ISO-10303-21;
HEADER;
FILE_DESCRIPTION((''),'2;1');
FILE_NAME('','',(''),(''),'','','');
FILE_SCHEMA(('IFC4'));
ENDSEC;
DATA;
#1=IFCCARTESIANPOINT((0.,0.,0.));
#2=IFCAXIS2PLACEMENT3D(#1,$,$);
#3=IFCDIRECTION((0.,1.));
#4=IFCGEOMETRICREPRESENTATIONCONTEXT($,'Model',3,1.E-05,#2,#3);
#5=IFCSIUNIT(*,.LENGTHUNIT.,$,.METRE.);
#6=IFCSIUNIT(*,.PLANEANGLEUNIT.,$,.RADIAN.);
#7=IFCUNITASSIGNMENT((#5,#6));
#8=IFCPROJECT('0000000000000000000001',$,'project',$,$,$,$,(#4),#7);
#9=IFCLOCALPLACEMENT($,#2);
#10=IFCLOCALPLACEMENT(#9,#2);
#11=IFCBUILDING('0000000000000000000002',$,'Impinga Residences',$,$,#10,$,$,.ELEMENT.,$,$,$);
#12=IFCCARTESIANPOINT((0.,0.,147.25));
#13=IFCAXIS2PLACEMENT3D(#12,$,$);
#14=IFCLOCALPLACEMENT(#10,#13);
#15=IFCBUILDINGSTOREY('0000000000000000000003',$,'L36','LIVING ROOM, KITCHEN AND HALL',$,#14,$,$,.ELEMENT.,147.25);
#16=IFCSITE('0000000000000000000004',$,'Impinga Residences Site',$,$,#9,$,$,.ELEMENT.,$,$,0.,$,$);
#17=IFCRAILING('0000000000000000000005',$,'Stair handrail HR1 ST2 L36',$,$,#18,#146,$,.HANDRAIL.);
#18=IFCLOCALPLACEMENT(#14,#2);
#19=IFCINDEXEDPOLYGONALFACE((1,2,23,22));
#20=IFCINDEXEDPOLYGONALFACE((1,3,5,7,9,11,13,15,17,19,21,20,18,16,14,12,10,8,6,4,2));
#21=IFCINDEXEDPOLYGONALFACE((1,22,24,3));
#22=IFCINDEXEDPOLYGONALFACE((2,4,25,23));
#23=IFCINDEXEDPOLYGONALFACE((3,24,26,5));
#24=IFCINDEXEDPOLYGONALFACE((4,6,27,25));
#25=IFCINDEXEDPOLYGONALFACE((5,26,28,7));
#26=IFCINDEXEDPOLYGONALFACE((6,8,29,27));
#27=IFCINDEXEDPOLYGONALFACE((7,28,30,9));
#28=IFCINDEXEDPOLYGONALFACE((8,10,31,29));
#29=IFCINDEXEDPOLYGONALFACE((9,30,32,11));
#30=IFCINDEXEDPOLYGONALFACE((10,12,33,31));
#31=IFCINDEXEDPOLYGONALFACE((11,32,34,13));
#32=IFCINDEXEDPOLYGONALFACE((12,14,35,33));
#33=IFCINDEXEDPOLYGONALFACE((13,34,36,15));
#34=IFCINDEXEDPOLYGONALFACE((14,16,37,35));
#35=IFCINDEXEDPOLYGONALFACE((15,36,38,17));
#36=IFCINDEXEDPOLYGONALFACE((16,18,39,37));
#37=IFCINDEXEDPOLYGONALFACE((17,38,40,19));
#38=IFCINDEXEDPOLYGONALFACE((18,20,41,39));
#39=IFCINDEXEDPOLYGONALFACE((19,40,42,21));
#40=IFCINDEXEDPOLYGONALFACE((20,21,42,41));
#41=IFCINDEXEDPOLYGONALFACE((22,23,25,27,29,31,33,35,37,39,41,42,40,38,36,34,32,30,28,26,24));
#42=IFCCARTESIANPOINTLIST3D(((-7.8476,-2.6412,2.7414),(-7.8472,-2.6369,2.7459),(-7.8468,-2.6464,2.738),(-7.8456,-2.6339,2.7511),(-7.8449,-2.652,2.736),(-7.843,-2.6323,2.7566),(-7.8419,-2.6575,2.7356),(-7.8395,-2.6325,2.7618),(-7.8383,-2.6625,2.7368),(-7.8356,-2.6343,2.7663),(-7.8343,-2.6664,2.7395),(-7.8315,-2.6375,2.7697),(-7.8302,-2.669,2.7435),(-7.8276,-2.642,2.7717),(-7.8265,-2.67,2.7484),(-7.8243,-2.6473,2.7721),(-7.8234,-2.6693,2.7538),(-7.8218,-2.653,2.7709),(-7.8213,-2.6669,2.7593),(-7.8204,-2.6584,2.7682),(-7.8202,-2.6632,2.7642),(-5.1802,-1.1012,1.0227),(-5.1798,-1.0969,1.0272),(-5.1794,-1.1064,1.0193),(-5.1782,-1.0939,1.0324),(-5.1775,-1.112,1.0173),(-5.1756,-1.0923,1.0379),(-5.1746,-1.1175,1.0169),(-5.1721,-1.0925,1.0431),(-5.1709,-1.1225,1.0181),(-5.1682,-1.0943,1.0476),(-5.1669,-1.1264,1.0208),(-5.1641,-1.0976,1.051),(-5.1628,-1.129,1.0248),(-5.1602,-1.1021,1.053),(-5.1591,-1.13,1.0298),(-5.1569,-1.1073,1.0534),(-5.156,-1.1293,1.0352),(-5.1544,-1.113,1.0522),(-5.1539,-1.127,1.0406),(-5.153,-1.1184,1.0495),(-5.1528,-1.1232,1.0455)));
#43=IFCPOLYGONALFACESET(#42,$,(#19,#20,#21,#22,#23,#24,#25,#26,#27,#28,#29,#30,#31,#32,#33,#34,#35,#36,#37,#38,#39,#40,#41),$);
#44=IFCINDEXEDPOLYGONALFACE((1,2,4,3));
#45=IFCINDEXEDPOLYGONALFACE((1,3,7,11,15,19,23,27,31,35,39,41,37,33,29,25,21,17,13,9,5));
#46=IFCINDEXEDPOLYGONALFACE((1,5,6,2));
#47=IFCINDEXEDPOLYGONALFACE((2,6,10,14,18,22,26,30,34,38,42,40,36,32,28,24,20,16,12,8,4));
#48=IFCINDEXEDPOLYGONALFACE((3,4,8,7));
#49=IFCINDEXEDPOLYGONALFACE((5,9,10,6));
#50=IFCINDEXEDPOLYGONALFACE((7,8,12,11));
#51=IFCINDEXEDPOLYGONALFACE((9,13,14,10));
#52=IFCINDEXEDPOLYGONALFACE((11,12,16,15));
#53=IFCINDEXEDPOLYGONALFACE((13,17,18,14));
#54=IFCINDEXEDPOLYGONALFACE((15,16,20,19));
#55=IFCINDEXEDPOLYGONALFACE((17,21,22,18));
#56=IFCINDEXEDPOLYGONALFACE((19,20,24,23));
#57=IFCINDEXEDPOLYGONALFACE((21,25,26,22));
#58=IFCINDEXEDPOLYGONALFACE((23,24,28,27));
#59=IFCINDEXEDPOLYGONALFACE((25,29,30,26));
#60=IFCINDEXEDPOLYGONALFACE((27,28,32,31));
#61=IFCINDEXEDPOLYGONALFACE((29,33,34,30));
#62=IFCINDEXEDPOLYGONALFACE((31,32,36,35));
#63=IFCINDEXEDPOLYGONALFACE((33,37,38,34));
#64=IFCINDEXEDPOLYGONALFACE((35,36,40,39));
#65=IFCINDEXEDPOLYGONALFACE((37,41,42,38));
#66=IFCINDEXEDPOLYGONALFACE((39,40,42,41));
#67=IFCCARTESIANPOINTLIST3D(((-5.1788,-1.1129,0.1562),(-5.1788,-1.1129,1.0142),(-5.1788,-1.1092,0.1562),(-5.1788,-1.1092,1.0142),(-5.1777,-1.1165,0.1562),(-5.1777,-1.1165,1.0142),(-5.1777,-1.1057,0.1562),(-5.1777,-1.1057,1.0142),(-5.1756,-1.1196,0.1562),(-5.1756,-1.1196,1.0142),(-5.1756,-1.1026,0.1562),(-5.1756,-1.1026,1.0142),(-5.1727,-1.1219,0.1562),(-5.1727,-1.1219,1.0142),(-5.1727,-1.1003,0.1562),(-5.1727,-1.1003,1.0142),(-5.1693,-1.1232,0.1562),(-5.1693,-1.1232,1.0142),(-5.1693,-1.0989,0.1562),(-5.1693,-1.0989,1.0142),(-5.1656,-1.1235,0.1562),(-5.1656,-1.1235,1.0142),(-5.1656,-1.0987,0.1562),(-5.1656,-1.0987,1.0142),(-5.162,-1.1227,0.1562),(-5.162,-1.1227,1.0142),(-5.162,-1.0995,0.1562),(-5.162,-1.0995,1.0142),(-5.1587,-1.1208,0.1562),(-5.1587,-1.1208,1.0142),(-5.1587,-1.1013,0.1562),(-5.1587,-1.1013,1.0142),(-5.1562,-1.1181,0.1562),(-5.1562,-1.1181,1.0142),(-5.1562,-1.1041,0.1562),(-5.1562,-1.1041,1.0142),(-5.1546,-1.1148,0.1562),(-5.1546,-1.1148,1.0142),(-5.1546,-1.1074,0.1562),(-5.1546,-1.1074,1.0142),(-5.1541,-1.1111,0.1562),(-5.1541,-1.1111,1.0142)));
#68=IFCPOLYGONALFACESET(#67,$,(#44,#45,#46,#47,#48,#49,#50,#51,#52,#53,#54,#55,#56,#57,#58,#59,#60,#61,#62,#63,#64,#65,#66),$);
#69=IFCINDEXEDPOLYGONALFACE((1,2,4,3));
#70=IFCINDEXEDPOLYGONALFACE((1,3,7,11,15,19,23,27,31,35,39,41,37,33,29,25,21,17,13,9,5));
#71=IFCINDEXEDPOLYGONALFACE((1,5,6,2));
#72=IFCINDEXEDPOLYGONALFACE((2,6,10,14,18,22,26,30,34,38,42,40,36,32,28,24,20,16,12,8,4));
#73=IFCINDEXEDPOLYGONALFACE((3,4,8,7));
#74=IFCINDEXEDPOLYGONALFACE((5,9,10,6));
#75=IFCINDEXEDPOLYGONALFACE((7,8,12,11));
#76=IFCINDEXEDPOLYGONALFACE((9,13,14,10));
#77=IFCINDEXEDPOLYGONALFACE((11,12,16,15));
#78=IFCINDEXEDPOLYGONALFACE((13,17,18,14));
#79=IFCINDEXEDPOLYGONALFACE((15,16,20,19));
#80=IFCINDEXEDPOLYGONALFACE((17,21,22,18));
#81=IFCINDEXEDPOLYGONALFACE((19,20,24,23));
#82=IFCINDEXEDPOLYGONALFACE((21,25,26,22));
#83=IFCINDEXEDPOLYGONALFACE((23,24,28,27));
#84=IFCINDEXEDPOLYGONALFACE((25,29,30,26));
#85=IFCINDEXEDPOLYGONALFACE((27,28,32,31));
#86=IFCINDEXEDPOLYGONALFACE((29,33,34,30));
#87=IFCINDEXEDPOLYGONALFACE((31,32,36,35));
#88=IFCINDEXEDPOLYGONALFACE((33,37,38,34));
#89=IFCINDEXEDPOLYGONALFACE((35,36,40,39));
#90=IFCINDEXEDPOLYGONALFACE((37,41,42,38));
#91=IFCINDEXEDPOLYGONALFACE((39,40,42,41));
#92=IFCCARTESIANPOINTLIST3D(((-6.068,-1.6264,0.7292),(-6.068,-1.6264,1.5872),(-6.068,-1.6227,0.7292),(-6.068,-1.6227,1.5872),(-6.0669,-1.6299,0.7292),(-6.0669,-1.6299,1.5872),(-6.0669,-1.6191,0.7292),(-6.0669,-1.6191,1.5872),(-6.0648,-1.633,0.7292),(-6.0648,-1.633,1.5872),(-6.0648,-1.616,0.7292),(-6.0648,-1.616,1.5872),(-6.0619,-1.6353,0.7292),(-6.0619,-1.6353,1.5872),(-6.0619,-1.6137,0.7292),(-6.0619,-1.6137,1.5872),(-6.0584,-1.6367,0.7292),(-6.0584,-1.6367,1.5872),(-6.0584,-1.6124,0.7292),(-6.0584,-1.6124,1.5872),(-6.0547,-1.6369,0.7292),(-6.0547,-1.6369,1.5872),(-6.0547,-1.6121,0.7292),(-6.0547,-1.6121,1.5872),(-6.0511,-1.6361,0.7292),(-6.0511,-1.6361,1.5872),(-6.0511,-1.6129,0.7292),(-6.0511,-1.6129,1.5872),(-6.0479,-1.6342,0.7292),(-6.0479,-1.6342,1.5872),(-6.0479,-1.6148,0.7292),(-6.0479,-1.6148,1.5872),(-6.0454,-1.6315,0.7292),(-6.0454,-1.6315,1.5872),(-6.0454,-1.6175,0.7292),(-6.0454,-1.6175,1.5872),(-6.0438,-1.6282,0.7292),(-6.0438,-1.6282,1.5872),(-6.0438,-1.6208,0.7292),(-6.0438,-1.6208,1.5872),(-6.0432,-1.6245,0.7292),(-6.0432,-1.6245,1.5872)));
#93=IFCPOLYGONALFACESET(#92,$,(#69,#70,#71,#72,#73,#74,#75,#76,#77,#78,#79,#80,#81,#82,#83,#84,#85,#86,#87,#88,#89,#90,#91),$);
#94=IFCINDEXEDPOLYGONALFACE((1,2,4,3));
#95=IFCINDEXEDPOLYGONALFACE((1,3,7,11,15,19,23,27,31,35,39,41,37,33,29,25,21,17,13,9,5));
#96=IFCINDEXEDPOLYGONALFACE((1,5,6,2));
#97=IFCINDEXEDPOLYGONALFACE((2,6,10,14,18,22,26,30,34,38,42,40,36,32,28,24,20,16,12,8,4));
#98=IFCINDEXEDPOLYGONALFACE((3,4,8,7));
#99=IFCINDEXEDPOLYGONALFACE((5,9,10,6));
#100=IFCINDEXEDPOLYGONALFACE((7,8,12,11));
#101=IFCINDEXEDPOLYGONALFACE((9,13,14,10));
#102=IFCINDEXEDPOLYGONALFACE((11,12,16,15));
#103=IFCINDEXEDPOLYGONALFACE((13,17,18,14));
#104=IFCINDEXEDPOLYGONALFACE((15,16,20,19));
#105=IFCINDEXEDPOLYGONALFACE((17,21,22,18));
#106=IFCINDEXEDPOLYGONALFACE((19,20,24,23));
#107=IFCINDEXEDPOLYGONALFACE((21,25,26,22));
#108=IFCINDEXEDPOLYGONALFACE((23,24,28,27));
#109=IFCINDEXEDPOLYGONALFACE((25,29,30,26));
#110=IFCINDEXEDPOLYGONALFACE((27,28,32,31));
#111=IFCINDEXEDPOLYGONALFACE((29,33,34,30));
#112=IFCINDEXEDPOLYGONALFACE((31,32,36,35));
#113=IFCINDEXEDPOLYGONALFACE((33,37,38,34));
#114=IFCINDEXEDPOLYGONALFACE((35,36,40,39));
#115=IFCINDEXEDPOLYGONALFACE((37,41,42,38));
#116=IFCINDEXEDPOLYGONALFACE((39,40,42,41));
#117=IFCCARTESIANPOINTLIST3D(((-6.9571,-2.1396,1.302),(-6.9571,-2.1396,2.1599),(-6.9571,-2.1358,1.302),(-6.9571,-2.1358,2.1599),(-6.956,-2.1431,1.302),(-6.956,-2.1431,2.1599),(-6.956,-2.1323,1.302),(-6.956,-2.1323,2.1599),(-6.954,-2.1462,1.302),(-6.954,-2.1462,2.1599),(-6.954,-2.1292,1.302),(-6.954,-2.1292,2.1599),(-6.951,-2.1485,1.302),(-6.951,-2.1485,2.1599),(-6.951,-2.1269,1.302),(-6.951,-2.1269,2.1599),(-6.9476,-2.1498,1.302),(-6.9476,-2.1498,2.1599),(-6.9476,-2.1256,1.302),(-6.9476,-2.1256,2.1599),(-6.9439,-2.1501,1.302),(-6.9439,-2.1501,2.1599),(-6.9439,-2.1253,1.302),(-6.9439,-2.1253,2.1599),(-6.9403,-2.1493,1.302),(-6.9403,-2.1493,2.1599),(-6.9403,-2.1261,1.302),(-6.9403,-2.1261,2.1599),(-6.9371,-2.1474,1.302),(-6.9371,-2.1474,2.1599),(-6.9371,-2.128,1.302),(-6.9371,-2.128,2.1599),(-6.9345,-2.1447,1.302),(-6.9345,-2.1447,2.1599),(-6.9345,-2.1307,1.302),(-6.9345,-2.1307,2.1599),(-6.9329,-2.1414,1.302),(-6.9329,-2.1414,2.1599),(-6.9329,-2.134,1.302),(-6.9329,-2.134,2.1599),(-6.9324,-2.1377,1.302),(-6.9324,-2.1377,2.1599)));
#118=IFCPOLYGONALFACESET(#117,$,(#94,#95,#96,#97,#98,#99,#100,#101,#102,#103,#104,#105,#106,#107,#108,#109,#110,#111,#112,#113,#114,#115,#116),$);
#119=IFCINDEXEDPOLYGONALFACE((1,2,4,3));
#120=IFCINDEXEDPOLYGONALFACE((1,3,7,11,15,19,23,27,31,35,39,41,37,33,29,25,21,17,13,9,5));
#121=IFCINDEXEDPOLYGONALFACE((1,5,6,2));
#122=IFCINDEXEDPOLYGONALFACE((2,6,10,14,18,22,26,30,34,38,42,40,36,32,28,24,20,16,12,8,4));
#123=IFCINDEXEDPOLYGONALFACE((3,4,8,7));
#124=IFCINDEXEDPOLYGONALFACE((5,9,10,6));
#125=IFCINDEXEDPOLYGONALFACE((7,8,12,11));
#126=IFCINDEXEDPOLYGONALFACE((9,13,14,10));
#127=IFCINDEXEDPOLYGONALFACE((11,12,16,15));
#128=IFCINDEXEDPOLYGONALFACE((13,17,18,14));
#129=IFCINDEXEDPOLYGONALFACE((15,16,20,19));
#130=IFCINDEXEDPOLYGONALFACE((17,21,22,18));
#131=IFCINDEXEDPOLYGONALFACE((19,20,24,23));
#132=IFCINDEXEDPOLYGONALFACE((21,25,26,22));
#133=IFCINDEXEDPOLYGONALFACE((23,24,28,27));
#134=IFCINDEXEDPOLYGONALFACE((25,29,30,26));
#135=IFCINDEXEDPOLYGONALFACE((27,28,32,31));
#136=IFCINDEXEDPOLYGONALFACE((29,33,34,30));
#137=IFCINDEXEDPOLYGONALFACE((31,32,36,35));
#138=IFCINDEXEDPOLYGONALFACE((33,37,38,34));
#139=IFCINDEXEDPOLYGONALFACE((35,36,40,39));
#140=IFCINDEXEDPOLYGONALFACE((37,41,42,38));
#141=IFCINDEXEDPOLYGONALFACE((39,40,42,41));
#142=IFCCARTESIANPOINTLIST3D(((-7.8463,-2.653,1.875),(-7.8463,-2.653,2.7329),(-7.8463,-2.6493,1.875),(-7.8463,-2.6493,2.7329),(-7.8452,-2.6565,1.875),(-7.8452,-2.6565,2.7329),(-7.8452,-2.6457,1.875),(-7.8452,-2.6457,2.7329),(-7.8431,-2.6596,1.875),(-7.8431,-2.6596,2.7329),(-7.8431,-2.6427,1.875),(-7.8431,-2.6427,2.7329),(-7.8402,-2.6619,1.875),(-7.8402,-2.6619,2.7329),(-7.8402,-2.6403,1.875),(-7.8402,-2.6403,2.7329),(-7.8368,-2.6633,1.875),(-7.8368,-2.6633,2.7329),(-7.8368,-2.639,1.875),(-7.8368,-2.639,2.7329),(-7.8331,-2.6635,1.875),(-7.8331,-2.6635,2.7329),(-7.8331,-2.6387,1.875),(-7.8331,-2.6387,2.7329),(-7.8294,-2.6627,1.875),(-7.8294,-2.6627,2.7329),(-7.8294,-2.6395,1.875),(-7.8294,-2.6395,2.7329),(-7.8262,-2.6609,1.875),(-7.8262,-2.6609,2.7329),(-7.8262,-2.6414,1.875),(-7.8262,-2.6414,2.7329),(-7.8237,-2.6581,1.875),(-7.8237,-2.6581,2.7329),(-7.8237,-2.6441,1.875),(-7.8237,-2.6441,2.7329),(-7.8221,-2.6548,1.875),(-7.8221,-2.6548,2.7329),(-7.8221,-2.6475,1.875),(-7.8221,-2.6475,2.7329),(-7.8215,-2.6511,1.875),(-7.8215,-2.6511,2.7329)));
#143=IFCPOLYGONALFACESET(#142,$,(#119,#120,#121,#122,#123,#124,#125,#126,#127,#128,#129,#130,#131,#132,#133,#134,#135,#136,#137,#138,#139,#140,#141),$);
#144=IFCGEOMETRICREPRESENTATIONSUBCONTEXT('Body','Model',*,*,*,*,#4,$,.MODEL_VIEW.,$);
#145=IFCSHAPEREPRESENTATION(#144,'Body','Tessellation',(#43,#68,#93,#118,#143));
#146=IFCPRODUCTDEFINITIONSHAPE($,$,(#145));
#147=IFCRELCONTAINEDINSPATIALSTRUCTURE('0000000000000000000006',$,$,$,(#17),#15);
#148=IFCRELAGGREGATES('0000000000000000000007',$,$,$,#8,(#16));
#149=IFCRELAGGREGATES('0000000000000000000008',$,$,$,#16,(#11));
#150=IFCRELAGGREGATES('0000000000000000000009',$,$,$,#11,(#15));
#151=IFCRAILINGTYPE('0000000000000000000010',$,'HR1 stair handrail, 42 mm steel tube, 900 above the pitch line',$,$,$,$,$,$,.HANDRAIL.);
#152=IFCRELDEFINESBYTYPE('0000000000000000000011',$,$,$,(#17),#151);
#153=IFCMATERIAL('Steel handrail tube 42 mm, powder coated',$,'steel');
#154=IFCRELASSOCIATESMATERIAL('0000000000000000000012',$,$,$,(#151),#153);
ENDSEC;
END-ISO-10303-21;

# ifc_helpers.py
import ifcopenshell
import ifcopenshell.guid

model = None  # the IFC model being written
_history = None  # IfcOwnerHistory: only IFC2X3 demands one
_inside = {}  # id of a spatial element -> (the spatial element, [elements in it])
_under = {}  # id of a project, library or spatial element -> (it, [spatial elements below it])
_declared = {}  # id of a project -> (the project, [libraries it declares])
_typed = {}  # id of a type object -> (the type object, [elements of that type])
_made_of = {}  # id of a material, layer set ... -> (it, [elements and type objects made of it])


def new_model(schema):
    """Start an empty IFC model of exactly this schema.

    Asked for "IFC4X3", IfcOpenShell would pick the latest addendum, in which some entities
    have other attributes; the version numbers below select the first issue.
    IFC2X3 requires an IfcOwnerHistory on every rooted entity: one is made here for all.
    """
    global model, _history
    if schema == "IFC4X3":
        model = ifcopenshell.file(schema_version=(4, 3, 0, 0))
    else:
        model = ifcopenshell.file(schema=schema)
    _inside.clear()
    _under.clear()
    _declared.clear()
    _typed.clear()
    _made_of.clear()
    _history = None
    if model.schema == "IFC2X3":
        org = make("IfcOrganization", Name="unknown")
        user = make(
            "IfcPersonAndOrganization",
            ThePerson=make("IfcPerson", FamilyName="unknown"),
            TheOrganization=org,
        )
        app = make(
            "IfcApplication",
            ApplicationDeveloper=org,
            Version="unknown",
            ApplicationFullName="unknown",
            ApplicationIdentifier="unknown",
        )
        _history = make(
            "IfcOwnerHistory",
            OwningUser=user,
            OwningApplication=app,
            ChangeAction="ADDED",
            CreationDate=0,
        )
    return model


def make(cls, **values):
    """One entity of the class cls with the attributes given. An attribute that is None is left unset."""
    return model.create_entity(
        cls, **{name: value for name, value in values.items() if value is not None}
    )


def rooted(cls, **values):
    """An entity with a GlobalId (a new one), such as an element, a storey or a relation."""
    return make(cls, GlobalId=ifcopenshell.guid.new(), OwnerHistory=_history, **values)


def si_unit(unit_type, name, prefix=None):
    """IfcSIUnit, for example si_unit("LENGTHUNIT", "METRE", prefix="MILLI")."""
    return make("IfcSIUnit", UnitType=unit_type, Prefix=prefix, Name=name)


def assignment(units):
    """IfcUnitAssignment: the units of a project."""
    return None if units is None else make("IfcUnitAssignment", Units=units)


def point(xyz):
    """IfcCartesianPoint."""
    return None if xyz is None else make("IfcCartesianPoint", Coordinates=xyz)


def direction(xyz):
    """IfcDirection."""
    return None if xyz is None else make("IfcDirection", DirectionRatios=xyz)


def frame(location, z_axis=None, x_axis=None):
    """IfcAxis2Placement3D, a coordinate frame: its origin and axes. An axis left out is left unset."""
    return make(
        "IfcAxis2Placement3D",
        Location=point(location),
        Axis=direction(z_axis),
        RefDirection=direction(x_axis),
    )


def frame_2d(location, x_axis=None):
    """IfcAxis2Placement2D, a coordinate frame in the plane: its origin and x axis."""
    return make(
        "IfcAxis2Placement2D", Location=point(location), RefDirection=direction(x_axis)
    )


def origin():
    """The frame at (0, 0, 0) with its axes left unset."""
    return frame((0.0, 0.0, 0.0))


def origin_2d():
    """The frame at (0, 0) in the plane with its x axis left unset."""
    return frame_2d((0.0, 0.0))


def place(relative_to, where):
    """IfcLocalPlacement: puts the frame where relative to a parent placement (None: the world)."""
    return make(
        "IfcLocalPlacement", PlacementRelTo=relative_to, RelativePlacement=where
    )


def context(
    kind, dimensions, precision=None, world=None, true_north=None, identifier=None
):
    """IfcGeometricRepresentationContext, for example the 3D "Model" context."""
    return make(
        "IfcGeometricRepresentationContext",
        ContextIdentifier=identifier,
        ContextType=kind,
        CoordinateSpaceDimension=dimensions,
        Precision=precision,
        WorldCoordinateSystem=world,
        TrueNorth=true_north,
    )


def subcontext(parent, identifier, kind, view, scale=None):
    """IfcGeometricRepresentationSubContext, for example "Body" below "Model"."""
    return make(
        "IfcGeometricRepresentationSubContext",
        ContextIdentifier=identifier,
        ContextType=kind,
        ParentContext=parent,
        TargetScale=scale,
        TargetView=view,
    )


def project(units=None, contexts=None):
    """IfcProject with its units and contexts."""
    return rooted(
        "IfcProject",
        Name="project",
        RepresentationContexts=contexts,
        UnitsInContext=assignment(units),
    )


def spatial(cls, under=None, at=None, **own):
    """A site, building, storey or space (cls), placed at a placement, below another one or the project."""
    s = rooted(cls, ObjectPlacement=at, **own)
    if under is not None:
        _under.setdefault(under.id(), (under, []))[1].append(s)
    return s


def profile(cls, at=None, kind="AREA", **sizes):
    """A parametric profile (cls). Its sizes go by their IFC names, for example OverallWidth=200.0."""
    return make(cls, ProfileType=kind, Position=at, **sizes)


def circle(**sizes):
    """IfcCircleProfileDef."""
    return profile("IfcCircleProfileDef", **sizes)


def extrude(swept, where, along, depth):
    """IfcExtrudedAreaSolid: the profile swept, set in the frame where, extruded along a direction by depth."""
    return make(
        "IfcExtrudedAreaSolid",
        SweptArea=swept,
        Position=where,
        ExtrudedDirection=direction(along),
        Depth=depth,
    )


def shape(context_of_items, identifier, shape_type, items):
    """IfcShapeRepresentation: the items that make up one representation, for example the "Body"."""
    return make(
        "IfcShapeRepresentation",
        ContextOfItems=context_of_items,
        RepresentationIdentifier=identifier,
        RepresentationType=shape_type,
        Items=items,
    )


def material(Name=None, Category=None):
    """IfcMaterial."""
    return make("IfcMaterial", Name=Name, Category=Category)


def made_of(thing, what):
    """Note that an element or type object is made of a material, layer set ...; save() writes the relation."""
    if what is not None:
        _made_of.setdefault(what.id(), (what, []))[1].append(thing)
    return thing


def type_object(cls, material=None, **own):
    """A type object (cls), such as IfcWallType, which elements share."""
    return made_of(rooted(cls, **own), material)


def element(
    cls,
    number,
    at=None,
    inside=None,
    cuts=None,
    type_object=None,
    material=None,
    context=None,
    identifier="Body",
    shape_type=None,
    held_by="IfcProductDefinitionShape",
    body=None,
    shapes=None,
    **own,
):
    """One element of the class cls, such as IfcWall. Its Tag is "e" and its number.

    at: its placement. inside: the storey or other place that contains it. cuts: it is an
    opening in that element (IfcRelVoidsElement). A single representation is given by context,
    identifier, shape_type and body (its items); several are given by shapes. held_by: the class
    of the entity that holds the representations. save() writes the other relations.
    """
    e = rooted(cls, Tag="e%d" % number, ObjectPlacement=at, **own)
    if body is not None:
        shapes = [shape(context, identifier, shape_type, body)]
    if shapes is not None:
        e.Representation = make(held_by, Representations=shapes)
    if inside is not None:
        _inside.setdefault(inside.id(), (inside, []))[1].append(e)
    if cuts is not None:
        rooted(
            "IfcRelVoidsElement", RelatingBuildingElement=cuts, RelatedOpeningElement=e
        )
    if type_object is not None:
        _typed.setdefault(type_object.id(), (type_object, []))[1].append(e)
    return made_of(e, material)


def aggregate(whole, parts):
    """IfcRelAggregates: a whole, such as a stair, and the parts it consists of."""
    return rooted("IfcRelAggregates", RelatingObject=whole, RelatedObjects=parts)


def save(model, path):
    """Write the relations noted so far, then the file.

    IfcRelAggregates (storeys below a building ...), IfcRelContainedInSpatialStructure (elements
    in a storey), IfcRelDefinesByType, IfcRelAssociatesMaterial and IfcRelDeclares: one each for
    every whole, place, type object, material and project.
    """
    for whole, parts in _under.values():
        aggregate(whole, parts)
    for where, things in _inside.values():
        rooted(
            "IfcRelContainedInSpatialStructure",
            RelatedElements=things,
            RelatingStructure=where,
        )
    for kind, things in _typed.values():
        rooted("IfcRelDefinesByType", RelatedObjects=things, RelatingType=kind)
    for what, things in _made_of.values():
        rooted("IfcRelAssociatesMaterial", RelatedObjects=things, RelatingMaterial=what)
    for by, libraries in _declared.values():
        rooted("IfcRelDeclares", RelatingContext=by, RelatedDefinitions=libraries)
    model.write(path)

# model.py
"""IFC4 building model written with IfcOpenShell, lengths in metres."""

from ifc_helpers import new_model, si_unit, direction, frame, origin, origin_2d, place, context, subcontext, project, spatial, circle, extrude, material, type_object, element, save


model = new_model("IFC4")

# Units and contexts
model_context = context("Model", 3, precision=1e-05, world=origin(), true_north=direction((0.0, 1.0)))
body_context = subcontext(model_context, "Body", "Model", "MODEL_VIEW")
ifc_project = project(units=[si_unit("LENGTHUNIT", "METRE"), si_unit("PLANEANGLEUNIT", "RADIAN")], contexts=[model_context])

# Site, building, storey
site_placement = place(None, origin())
site = spatial("IfcSite", under=ifc_project, at=site_placement, Name="Impinga Residences Site", CompositionType="ELEMENT", RefElevation=0.0)
building_placement = place(site_placement, origin())
building = spatial("IfcBuilding", under=site, at=building_placement, Name="Impinga Residences", CompositionType="ELEMENT")
storey_placement = place(building_placement, frame((0.0, 0.0, 147.25)))
storey = spatial("IfcBuildingStorey", under=building, at=storey_placement, Name="L36", Description="LIVING ROOM, KITCHEN AND HALL", CompositionType="ELEMENT", Elevation=147.25)

# Railing
ifc_material_1 = material(Name="Steel handrail tube 42 mm, powder coated", Category="steel")
railing_type_1 = type_object("IfcRailingType", Name="HR1 stair handrail, 42 mm steel tube, 900 above the pitch line", PredefinedType="HANDRAIL", material=ifc_material_1)
railing_1_placement = place(storey_placement, frame((-5.1665, -1.1111, 0.1562)))
element("IfcRailing", 1, at=railing_1_placement, inside=storey, type_object=railing_type_1, Name="Stair handrail HR1 ST2 L36", PredefinedType="HANDRAIL", context=body_context, shape_type="SweptSolid", body=[
    extrude(circle(Radius=0.021, at=origin_2d()), frame((0.0, 0.0, 0.8789), z_axis=(-0.756256, -0.436616, 0.487282), x_axis=(0.499992, -0.86603, 0.0)), (0.0, 0.0, 1.0), 3.5271),
    extrude(circle(Radius=0.0125, at=origin_2d()), origin(), (0.0, 0.0, 1.0), 0.8579),
    extrude(circle(Radius=0.0125, at=origin_2d()), frame((-0.8892, -0.5134, 0.573)), (0.0, 0.0, 1.0), 0.8579),
    extrude(circle(Radius=0.0125, at=origin_2d()), frame((-1.7783, -1.0266, 1.1458)), (0.0, 0.0, 1.0), 0.8579),
    extrude(circle(Radius=0.0125, at=origin_2d()), frame((-2.6675, -1.54, 1.7188)), (0.0, 0.0, 1.0), 0.8579),
])

save(model, "model.ifc")
